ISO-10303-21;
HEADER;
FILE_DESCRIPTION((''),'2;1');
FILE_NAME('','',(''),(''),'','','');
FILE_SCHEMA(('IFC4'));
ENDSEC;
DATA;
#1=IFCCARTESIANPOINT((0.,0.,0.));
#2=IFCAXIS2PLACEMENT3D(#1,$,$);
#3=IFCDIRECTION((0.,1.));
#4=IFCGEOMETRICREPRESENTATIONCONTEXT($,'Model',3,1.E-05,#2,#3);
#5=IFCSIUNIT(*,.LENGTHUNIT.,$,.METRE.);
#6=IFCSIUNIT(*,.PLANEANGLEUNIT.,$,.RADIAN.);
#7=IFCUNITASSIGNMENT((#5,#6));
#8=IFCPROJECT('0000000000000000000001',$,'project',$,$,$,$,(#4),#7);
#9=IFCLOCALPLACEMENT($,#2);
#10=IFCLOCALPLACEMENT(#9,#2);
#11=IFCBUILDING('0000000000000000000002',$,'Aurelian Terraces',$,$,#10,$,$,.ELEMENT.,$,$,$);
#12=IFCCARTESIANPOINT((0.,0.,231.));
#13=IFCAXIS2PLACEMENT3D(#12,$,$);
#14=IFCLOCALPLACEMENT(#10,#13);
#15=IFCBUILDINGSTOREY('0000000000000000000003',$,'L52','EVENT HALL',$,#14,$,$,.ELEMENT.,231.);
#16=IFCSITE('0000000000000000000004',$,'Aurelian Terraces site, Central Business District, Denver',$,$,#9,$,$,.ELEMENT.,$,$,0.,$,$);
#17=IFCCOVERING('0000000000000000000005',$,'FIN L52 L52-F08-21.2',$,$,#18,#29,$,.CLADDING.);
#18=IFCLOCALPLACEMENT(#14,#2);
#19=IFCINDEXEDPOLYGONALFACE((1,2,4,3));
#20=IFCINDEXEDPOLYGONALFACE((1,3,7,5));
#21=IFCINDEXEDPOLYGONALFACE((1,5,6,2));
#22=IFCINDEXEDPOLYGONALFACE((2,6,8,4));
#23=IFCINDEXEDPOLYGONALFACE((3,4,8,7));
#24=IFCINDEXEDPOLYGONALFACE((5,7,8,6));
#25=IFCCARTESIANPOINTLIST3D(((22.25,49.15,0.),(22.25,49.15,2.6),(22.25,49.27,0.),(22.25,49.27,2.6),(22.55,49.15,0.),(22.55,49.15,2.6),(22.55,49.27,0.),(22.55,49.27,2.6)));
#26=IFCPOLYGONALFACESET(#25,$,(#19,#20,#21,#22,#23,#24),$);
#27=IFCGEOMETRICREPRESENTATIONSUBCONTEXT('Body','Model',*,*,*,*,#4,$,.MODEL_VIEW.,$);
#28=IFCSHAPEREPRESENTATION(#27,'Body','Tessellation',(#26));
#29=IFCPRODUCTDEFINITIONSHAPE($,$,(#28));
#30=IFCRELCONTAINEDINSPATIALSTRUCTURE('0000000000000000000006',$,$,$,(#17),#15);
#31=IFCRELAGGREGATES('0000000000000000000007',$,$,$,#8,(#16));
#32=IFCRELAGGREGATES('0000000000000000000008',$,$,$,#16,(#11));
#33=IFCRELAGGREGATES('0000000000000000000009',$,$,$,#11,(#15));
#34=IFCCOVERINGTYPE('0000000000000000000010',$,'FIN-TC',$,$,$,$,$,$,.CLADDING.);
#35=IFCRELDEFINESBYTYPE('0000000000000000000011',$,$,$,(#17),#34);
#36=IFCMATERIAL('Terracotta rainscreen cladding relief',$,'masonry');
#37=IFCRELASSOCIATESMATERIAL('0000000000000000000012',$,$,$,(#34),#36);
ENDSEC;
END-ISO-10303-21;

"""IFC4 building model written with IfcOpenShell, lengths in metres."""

from ifc_helpers import new_model, si_unit, direction, frame, origin, origin_2d, place, context, subcontext, project, spatial, rectangle, extrude, source, transform, mapped, material, type_object, element, save


model = new_model("IFC4")

# Units and contexts
model_context = context("Model", 3, precision=1e-05, world=origin(), true_north=direction((0.0, 1.0)))
body_context = subcontext(model_context, "Body", "Model", "MODEL_VIEW")
ifc_project = project(units=[si_unit("LENGTHUNIT", "METRE"), si_unit("PLANEANGLEUNIT", "RADIAN")], contexts=[model_context])

# Site, building, storey
site_placement = place(None, origin())
site = spatial("IfcSite", under=ifc_project, at=site_placement, Name="Aurelian Terraces site, Central Business District, Denver", CompositionType="ELEMENT", RefElevation=0.0)
building_placement = place(site_placement, origin())
building = spatial("IfcBuilding", under=site, at=building_placement, Name="Aurelian Terraces", CompositionType="ELEMENT")
storey_placement = place(building_placement, frame((0.0, 0.0, 231.0)))
storey = spatial("IfcBuildingStorey", under=building, at=storey_placement, Name="L52", Description="EVENT HALL", CompositionType="ELEMENT", Elevation=231.0)

# Covering
ifc_material_1 = material(Name="Terracotta rainscreen cladding relief", Category="masonry")
covering_type_1 = type_object("IfcCoveringType", Name="FIN-TC", PredefinedType="CLADDING", material=ifc_material_1)
shared_shape_1 = source(origin(), body_context, "Body", "SweptSolid", [
    extrude(rectangle(XDim=0.3, YDim=0.12, at=origin_2d()), origin(), (0.0, 0.0, 1.0), 2.6),
])
for number, where, z_axis, x_axis, name in (
    (1, (22.4, 49.21, 0.0), (0.0, 0.0, 1.0), (1.0, 0.0, 0.0), "FIN L52 L52-F08-21.2"),
):
    element("IfcCovering", number, at=place(storey_placement, frame(where, z_axis=z_axis, x_axis=x_axis)), inside=storey, type_object=covering_type_1, Name=name, PredefinedType="CLADDING", context=body_context, shape_type="MappedRepresentation", body=[
        mapped(shared_shape_1, transform((0.0, 0.0, 0.0), scale=1.0)),
    ])

save(model, "model.ifc")
